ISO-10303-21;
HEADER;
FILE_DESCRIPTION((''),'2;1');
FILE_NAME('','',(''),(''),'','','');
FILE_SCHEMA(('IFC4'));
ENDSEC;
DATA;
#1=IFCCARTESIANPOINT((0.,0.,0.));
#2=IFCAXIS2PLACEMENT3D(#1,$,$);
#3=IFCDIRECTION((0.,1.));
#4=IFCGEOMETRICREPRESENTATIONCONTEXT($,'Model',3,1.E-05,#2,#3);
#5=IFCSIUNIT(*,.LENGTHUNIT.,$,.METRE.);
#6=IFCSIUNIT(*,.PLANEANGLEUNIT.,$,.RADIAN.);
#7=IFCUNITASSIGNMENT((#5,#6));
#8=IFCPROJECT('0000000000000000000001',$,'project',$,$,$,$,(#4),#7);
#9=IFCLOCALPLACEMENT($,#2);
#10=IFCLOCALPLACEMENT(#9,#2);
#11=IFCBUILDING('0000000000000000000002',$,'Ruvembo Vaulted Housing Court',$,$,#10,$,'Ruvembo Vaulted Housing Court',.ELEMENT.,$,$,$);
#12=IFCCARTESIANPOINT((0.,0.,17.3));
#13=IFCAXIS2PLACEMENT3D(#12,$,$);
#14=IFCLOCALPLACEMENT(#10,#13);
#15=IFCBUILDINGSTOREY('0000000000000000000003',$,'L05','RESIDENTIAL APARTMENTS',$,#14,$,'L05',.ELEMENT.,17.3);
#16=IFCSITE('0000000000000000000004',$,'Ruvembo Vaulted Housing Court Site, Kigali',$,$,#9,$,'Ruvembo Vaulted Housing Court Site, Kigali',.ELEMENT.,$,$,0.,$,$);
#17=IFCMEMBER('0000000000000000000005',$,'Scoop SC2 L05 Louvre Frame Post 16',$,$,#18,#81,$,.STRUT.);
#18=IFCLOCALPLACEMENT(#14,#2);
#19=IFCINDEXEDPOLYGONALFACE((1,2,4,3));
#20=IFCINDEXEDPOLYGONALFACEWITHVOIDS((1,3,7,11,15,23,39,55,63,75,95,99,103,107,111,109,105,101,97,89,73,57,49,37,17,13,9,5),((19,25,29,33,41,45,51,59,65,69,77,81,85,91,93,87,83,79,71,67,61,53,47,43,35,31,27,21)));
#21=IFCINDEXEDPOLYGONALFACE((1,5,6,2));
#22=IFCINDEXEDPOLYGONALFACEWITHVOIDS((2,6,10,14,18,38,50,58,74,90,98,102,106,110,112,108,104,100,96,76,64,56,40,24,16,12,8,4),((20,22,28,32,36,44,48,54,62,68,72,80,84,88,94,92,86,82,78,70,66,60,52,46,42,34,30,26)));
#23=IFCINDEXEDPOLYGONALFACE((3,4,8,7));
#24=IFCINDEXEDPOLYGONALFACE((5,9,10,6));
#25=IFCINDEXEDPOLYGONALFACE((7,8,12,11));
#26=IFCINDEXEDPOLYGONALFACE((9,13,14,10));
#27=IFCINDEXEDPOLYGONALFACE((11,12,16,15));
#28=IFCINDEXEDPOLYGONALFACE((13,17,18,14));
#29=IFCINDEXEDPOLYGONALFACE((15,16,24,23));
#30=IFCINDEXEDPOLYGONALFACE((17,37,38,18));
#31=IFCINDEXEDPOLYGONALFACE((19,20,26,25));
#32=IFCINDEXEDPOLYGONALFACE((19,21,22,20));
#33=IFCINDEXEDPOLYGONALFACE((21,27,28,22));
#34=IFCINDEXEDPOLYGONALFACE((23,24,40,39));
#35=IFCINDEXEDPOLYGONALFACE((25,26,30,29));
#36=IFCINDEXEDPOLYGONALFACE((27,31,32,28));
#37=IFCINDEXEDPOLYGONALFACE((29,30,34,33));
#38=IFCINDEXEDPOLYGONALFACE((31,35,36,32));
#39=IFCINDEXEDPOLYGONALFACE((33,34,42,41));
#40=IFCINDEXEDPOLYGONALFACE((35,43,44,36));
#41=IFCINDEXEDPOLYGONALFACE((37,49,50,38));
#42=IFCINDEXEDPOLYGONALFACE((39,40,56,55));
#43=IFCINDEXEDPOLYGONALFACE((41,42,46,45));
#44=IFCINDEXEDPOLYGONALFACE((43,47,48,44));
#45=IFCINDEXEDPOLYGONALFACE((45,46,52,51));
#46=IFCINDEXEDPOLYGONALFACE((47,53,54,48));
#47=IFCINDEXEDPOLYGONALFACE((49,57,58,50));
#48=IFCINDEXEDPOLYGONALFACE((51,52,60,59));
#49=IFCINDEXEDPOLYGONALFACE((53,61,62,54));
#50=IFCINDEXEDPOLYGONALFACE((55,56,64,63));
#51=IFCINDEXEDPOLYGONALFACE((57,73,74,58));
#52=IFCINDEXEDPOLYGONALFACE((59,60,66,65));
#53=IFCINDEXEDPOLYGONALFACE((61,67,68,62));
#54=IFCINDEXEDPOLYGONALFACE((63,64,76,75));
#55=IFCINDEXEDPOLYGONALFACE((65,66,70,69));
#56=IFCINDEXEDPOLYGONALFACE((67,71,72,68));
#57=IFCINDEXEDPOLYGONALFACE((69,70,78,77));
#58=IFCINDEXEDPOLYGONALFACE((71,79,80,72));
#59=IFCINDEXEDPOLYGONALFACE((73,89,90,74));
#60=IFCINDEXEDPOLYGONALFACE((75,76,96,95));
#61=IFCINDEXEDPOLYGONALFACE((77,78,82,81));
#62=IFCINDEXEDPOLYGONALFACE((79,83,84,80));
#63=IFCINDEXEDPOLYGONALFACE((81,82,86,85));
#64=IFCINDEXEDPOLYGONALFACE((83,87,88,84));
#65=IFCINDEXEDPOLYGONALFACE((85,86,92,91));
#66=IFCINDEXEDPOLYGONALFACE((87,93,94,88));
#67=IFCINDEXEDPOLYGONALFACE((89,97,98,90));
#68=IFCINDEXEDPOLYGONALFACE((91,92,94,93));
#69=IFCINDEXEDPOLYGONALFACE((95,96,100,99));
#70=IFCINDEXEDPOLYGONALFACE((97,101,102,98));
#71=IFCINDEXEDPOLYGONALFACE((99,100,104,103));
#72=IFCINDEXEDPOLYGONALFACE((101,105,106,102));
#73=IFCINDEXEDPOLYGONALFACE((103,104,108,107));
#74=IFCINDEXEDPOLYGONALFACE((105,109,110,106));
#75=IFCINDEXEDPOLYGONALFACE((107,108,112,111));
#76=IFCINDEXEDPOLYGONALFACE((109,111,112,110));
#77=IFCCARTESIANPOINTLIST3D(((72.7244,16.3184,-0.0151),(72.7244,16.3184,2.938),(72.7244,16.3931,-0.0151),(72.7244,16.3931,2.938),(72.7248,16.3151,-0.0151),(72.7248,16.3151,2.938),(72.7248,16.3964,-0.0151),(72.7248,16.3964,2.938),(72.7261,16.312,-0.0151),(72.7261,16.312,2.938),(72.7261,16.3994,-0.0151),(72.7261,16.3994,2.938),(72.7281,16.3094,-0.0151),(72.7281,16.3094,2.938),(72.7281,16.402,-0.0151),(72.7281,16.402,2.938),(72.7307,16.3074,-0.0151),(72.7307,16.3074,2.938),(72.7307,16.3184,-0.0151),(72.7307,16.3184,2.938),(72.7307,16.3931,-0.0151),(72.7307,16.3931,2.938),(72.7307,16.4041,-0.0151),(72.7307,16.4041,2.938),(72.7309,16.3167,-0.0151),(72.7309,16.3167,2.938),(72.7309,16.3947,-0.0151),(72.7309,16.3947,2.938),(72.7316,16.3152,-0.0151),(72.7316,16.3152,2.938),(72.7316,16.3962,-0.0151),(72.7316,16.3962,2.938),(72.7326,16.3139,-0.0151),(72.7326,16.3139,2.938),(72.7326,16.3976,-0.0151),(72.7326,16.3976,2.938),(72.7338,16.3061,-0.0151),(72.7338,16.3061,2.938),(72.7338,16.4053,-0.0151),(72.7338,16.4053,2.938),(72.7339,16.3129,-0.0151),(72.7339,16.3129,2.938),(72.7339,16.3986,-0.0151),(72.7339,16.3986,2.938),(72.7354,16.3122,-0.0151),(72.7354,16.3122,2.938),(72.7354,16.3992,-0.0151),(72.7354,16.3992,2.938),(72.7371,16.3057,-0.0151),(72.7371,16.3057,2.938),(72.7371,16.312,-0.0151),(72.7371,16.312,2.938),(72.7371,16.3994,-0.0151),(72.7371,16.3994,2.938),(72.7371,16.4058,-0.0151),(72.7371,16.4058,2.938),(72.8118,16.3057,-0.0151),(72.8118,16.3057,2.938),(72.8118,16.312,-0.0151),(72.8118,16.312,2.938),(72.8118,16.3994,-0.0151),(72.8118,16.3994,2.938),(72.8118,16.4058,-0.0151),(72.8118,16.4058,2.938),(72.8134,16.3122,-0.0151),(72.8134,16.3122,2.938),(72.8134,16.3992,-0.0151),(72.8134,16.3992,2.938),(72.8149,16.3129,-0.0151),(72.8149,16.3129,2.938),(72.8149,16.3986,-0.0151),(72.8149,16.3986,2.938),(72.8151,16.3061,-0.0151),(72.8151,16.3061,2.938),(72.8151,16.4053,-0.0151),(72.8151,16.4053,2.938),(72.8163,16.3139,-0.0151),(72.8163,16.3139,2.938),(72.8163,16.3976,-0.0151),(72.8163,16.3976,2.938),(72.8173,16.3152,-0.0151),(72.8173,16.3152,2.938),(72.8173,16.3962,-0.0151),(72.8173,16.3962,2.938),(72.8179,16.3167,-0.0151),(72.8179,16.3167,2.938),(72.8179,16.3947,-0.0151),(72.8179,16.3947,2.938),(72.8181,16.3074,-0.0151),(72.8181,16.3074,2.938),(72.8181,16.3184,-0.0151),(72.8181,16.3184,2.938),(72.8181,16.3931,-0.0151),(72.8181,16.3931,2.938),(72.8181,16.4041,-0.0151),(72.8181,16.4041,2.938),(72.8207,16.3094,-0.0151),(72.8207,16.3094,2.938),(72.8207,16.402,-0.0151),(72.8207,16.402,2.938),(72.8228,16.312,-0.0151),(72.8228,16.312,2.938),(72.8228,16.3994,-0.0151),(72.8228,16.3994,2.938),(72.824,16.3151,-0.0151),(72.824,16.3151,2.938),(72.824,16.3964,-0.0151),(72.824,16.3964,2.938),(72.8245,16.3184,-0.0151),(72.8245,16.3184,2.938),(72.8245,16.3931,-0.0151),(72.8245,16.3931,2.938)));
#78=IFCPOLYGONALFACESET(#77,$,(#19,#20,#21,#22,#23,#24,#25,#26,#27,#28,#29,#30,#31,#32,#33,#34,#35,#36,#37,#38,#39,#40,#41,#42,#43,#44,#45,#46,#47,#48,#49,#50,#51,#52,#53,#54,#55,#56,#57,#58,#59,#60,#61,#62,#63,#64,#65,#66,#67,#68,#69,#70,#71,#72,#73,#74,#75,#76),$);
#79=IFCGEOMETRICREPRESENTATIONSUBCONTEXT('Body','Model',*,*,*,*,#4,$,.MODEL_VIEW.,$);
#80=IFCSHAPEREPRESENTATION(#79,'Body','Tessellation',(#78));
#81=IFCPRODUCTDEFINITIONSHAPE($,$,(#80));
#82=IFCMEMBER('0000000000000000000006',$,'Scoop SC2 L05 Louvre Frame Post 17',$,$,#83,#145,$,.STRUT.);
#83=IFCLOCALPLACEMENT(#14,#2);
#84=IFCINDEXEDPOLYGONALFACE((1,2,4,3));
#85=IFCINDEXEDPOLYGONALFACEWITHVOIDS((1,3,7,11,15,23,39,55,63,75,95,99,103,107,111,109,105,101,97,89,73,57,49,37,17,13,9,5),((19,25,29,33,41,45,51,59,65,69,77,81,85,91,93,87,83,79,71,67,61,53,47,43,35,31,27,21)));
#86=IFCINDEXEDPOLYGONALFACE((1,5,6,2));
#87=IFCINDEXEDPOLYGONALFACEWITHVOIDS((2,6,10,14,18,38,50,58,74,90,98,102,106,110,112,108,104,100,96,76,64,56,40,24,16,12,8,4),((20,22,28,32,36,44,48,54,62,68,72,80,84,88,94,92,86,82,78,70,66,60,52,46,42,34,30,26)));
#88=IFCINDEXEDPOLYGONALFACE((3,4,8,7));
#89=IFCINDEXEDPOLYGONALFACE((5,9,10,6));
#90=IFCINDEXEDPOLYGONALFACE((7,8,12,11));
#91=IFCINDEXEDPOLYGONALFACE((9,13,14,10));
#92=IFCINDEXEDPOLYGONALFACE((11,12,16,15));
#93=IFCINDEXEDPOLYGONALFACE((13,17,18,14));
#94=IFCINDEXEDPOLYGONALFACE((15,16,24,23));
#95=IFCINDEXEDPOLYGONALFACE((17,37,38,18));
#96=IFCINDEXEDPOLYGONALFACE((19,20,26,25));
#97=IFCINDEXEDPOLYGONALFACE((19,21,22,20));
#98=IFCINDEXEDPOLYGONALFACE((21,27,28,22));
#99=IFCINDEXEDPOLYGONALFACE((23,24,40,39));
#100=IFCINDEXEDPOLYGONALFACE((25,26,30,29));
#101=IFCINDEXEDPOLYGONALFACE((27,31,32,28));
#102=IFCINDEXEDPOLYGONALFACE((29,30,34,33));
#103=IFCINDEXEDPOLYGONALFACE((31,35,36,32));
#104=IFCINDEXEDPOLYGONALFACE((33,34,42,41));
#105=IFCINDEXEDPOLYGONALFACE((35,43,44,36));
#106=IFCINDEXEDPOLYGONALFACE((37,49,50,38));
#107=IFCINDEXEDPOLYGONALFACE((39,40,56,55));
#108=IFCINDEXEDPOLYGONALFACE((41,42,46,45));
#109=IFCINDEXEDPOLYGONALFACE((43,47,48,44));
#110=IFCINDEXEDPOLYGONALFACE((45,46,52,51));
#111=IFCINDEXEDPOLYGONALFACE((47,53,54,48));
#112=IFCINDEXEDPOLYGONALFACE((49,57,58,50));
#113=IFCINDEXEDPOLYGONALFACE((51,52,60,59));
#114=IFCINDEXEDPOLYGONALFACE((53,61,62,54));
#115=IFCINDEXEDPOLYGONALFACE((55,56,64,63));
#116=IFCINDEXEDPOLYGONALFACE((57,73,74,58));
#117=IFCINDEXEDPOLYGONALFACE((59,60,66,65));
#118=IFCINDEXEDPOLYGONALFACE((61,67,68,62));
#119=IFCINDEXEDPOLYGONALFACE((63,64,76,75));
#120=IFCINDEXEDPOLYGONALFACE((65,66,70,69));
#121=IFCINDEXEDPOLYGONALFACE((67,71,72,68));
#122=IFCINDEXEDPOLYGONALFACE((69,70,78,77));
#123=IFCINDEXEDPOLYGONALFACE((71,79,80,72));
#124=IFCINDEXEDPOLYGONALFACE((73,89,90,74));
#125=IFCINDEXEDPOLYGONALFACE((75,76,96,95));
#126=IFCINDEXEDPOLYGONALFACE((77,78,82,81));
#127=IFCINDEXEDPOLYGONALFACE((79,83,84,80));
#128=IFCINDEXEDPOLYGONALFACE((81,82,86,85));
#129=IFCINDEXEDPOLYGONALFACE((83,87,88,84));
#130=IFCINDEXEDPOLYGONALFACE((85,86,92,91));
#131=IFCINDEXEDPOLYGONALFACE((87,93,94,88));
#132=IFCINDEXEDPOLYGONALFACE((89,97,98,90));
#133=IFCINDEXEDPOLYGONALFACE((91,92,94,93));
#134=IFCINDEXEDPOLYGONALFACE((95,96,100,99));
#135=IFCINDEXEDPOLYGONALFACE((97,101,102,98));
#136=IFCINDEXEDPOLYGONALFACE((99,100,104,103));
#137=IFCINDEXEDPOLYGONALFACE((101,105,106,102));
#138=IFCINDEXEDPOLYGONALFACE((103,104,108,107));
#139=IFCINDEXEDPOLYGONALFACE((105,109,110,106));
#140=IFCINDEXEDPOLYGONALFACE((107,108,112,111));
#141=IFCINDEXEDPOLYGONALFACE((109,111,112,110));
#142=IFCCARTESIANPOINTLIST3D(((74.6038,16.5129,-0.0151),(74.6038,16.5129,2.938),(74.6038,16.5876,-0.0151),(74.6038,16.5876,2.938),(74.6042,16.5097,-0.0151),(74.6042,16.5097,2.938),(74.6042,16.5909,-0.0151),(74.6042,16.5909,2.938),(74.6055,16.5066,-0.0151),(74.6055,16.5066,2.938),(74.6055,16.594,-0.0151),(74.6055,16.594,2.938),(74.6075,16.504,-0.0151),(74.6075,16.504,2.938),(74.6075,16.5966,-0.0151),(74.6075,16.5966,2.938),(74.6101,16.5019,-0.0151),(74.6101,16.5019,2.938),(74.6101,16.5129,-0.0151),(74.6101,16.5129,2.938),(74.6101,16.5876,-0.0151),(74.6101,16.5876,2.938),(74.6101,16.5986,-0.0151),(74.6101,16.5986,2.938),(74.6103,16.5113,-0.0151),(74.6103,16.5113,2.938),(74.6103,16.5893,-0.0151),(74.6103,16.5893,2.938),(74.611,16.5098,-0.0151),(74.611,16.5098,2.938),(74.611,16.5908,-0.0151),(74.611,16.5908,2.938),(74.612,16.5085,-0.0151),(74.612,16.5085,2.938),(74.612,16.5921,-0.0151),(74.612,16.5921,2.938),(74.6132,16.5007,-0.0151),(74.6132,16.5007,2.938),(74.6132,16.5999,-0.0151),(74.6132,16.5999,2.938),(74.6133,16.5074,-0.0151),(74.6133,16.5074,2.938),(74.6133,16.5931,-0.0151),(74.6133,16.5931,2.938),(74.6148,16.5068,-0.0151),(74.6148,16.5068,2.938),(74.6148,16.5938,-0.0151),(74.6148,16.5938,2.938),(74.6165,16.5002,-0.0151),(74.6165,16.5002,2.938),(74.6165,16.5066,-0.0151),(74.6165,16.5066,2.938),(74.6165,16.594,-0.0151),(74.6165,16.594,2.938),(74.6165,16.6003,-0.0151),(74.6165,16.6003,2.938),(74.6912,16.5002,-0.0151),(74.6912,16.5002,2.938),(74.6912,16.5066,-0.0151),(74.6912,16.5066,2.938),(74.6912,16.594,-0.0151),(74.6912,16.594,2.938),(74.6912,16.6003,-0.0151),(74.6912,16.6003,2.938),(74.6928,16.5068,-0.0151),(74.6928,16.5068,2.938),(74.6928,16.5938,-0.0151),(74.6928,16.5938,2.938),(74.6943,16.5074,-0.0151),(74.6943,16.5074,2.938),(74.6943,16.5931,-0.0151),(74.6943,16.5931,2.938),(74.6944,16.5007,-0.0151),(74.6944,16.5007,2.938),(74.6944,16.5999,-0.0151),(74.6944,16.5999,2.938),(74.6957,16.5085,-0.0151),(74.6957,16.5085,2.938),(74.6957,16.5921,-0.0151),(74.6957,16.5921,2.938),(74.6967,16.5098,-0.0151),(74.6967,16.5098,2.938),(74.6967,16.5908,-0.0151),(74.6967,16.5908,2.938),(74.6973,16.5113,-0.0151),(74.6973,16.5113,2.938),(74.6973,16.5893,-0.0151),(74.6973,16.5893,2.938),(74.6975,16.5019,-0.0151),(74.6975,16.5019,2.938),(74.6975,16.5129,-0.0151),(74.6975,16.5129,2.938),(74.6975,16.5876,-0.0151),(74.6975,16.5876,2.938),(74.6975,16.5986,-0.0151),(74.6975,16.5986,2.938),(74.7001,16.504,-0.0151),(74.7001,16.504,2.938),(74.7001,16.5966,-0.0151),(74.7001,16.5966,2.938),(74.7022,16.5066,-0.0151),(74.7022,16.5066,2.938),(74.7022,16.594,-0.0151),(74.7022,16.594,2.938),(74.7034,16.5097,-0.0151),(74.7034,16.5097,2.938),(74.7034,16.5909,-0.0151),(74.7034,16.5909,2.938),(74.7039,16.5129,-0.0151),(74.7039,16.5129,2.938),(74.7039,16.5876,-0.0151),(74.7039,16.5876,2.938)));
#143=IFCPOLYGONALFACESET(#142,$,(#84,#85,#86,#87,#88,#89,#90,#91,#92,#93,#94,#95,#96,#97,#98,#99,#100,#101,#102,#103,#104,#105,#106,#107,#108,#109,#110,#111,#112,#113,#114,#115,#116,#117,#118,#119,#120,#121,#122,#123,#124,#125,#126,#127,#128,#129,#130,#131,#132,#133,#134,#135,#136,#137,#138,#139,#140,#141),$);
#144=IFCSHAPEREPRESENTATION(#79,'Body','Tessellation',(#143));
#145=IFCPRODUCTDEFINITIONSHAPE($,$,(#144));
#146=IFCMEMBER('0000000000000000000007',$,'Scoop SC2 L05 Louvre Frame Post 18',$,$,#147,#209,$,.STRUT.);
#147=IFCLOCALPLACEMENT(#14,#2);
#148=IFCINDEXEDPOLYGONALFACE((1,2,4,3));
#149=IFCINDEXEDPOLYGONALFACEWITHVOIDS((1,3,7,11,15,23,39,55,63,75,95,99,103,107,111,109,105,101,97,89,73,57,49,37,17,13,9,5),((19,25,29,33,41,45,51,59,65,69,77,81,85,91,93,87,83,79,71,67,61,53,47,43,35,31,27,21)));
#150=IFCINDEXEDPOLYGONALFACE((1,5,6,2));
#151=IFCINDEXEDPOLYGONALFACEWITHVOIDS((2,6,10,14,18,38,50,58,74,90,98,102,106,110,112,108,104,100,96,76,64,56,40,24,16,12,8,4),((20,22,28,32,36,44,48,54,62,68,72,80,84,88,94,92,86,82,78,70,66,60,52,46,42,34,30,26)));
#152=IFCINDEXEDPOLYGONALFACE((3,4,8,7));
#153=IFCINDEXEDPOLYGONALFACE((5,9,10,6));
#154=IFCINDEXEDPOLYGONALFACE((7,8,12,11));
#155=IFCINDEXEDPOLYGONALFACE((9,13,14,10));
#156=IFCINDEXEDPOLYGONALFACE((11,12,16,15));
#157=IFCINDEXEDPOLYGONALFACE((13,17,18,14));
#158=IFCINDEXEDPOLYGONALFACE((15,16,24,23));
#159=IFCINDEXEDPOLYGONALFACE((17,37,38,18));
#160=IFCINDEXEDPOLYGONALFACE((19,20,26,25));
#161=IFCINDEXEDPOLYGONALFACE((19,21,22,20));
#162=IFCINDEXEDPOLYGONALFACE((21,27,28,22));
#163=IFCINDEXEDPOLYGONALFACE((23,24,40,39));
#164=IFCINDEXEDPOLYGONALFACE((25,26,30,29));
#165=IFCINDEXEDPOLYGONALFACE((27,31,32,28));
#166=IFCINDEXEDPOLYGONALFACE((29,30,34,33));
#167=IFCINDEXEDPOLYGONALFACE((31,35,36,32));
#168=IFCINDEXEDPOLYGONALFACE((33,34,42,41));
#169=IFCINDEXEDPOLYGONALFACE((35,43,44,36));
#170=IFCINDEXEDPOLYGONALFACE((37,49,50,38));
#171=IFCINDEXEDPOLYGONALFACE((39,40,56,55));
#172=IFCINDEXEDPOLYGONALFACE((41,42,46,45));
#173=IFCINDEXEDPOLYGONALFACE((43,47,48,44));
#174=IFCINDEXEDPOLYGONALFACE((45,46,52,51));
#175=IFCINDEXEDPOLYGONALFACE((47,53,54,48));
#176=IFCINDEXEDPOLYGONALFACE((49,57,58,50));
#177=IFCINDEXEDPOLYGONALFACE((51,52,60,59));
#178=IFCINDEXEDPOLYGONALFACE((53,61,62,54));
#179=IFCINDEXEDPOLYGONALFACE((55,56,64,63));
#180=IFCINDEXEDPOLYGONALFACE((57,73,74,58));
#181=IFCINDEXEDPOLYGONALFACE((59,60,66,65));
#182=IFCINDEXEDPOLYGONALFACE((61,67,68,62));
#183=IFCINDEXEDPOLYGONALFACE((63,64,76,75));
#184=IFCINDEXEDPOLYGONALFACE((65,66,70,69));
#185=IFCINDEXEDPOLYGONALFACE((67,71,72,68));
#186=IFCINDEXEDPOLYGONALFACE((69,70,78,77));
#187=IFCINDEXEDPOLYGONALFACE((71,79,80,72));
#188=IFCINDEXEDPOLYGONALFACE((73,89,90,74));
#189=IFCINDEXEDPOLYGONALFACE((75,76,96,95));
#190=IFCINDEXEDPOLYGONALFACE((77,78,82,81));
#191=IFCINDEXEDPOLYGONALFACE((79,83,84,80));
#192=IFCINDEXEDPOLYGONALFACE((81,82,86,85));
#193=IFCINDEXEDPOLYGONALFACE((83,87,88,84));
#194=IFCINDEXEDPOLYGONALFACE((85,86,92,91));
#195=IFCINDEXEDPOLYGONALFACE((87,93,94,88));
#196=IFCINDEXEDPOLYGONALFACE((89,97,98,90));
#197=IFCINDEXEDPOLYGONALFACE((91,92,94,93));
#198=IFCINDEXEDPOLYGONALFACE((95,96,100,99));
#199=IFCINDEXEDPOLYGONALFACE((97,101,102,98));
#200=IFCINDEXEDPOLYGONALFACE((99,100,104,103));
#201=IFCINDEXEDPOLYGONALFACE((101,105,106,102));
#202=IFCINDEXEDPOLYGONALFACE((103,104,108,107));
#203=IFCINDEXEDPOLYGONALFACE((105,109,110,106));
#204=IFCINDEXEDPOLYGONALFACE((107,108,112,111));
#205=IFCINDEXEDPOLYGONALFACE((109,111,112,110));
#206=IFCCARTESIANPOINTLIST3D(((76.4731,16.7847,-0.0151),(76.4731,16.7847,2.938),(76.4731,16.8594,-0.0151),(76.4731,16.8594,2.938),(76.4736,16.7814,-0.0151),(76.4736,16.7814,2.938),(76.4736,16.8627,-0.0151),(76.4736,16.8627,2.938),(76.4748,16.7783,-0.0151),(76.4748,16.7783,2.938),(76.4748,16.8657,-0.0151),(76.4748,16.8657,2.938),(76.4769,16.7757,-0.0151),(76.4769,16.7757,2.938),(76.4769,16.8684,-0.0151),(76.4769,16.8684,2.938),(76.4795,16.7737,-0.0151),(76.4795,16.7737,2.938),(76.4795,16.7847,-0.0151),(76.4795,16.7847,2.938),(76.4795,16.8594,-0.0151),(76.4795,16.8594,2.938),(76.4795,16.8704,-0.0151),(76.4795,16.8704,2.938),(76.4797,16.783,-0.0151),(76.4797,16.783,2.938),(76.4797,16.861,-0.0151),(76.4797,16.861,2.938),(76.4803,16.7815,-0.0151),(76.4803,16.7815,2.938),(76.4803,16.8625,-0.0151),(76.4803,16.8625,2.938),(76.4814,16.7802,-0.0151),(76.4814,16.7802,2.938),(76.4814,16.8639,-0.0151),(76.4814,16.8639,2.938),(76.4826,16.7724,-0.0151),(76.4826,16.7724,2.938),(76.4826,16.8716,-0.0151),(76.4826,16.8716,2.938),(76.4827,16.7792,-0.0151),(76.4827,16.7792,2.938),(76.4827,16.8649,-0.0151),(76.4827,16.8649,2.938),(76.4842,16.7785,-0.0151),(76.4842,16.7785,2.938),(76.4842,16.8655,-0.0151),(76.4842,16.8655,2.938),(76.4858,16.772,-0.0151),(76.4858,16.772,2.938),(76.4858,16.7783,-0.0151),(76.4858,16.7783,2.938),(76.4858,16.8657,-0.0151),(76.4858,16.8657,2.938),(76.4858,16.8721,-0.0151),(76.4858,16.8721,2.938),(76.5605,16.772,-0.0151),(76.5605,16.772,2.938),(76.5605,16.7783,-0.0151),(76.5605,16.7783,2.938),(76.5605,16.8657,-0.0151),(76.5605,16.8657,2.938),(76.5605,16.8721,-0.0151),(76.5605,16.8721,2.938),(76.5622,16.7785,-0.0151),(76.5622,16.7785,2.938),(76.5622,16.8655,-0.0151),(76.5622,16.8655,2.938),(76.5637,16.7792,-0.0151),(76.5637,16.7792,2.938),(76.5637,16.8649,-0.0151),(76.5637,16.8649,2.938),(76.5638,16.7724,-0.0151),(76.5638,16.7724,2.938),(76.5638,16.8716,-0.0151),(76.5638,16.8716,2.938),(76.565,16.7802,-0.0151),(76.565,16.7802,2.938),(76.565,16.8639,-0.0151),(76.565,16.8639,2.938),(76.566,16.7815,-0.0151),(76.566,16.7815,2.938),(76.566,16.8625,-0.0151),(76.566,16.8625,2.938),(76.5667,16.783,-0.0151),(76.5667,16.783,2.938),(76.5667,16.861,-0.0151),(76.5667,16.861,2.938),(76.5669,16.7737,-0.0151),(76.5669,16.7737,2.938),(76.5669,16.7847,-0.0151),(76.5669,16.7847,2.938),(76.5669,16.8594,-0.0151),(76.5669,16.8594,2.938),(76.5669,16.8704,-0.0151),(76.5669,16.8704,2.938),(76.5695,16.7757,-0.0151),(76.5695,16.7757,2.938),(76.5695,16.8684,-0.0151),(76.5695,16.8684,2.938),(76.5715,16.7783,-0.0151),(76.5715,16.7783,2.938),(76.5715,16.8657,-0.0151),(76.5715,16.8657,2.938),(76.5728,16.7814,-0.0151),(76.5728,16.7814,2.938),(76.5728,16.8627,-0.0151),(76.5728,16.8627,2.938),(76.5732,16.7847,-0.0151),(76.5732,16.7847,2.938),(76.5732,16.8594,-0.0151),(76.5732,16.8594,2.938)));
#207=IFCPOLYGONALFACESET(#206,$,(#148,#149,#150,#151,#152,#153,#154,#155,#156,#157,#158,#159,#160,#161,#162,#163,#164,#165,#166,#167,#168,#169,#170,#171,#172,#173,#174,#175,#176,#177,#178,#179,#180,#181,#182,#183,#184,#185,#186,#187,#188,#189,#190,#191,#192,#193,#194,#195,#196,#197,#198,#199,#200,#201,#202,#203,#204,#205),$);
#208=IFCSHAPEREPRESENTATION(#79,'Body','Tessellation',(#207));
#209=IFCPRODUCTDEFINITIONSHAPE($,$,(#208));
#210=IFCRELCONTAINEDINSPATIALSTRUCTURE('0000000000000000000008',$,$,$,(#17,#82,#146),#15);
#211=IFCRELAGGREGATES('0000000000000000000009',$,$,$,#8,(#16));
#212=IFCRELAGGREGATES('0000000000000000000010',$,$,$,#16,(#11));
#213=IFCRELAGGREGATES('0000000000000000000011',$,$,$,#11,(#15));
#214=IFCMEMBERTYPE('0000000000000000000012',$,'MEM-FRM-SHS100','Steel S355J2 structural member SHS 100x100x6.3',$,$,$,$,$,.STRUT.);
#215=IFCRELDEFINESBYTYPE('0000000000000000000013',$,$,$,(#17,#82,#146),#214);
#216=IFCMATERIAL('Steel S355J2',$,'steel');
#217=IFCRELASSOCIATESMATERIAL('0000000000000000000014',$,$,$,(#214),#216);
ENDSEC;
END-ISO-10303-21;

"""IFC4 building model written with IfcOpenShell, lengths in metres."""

from ifc_helpers import new_model, si_unit, direction, frame, origin, origin_2d, place, context, subcontext, project, spatial, hollow_rectangle, extrude, material, material_profile, profile_set, type_object, element, save


model = new_model("IFC4")

# Units and contexts
model_context = context("Model", 3, precision=1e-05, world=origin(), true_north=direction((0.0, 1.0)))
body_context = subcontext(model_context, "Body", "Model", "MODEL_VIEW")
ifc_project = project(units=[si_unit("LENGTHUNIT", "METRE"), si_unit("PLANEANGLEUNIT", "RADIAN")], contexts=[model_context])

# Site, building, storey
site_placement = place(None, origin())
site = spatial("IfcSite", under=ifc_project, at=site_placement, Name="Ruvembo Vaulted Housing Court Site, Kigali", LongName="Ruvembo Vaulted Housing Court Site, Kigali", CompositionType="ELEMENT", RefElevation=0.0)
building_placement = place(site_placement, origin())
building = spatial("IfcBuilding", under=site, at=building_placement, Name="Ruvembo Vaulted Housing Court", LongName="Ruvembo Vaulted Housing Court", CompositionType="ELEMENT")
storey_placement = place(building_placement, frame((0.0, 0.0, 17.3)))
storey = spatial("IfcBuildingStorey", under=building, at=storey_placement, Name="L05", Description="RESIDENTIAL APARTMENTS", LongName="L05", CompositionType="ELEMENT", Elevation=17.3)

# Shared definitions
ifc_material_1 = material(Name="Steel S355J2", Category="steel")

# Members
ifc_material_profile_1 = material_profile(ifc_material_1, hollow_rectangle(XDim=0.1001, YDim=0.1001, WallThickness=0.0063, InnerFilletRadius=0.0063, OuterFilletRadius=0.0127, at=origin_2d()), Name="SHS 100x100x6.3")
ifc_profile_set_1 = profile_set([ifc_material_profile_1], Name="Steel S355J2")
member_type_1 = type_object("IfcMemberType", Name="MEM-FRM-SHS100", Description="Steel S355J2 structural member SHS 100x100x6.3", PredefinedType="STRUT", material=ifc_profile_set_1)
for number, where, z_axis, x_axis, name in (
    (1, (72.7744, 16.3557, -0.0151), (0.0, 0.0, 1.0), (1.0, 0.0, 0.0), "Scoop SC2 L05 Louvre Frame Post 16"),
    (2, (74.6538, 16.5503, -0.0151), (0.0, 0.0, 1.0), (1.0, 0.0, 0.0), "Scoop SC2 L05 Louvre Frame Post 17"),
    (3, (76.5232, 16.822, -0.0151), (0.0, 0.0, 1.0), (1.0, 0.0, 0.0), "Scoop SC2 L05 Louvre Frame Post 18"),
):
    element("IfcMember", number, at=place(storey_placement, frame(where, z_axis=z_axis, x_axis=x_axis)), inside=storey, type_object=member_type_1, Name=name, PredefinedType="STRUT", context=body_context, shape_type="SweptSolid", body=[
        extrude(hollow_rectangle(XDim=0.1001, YDim=0.1001, WallThickness=0.0063, InnerFilletRadius=0.0063, OuterFilletRadius=0.0127, at=origin_2d()), origin(), (0.0, 0.0, 1.0), 2.9531),
    ])

save(model, "model.ifc")
